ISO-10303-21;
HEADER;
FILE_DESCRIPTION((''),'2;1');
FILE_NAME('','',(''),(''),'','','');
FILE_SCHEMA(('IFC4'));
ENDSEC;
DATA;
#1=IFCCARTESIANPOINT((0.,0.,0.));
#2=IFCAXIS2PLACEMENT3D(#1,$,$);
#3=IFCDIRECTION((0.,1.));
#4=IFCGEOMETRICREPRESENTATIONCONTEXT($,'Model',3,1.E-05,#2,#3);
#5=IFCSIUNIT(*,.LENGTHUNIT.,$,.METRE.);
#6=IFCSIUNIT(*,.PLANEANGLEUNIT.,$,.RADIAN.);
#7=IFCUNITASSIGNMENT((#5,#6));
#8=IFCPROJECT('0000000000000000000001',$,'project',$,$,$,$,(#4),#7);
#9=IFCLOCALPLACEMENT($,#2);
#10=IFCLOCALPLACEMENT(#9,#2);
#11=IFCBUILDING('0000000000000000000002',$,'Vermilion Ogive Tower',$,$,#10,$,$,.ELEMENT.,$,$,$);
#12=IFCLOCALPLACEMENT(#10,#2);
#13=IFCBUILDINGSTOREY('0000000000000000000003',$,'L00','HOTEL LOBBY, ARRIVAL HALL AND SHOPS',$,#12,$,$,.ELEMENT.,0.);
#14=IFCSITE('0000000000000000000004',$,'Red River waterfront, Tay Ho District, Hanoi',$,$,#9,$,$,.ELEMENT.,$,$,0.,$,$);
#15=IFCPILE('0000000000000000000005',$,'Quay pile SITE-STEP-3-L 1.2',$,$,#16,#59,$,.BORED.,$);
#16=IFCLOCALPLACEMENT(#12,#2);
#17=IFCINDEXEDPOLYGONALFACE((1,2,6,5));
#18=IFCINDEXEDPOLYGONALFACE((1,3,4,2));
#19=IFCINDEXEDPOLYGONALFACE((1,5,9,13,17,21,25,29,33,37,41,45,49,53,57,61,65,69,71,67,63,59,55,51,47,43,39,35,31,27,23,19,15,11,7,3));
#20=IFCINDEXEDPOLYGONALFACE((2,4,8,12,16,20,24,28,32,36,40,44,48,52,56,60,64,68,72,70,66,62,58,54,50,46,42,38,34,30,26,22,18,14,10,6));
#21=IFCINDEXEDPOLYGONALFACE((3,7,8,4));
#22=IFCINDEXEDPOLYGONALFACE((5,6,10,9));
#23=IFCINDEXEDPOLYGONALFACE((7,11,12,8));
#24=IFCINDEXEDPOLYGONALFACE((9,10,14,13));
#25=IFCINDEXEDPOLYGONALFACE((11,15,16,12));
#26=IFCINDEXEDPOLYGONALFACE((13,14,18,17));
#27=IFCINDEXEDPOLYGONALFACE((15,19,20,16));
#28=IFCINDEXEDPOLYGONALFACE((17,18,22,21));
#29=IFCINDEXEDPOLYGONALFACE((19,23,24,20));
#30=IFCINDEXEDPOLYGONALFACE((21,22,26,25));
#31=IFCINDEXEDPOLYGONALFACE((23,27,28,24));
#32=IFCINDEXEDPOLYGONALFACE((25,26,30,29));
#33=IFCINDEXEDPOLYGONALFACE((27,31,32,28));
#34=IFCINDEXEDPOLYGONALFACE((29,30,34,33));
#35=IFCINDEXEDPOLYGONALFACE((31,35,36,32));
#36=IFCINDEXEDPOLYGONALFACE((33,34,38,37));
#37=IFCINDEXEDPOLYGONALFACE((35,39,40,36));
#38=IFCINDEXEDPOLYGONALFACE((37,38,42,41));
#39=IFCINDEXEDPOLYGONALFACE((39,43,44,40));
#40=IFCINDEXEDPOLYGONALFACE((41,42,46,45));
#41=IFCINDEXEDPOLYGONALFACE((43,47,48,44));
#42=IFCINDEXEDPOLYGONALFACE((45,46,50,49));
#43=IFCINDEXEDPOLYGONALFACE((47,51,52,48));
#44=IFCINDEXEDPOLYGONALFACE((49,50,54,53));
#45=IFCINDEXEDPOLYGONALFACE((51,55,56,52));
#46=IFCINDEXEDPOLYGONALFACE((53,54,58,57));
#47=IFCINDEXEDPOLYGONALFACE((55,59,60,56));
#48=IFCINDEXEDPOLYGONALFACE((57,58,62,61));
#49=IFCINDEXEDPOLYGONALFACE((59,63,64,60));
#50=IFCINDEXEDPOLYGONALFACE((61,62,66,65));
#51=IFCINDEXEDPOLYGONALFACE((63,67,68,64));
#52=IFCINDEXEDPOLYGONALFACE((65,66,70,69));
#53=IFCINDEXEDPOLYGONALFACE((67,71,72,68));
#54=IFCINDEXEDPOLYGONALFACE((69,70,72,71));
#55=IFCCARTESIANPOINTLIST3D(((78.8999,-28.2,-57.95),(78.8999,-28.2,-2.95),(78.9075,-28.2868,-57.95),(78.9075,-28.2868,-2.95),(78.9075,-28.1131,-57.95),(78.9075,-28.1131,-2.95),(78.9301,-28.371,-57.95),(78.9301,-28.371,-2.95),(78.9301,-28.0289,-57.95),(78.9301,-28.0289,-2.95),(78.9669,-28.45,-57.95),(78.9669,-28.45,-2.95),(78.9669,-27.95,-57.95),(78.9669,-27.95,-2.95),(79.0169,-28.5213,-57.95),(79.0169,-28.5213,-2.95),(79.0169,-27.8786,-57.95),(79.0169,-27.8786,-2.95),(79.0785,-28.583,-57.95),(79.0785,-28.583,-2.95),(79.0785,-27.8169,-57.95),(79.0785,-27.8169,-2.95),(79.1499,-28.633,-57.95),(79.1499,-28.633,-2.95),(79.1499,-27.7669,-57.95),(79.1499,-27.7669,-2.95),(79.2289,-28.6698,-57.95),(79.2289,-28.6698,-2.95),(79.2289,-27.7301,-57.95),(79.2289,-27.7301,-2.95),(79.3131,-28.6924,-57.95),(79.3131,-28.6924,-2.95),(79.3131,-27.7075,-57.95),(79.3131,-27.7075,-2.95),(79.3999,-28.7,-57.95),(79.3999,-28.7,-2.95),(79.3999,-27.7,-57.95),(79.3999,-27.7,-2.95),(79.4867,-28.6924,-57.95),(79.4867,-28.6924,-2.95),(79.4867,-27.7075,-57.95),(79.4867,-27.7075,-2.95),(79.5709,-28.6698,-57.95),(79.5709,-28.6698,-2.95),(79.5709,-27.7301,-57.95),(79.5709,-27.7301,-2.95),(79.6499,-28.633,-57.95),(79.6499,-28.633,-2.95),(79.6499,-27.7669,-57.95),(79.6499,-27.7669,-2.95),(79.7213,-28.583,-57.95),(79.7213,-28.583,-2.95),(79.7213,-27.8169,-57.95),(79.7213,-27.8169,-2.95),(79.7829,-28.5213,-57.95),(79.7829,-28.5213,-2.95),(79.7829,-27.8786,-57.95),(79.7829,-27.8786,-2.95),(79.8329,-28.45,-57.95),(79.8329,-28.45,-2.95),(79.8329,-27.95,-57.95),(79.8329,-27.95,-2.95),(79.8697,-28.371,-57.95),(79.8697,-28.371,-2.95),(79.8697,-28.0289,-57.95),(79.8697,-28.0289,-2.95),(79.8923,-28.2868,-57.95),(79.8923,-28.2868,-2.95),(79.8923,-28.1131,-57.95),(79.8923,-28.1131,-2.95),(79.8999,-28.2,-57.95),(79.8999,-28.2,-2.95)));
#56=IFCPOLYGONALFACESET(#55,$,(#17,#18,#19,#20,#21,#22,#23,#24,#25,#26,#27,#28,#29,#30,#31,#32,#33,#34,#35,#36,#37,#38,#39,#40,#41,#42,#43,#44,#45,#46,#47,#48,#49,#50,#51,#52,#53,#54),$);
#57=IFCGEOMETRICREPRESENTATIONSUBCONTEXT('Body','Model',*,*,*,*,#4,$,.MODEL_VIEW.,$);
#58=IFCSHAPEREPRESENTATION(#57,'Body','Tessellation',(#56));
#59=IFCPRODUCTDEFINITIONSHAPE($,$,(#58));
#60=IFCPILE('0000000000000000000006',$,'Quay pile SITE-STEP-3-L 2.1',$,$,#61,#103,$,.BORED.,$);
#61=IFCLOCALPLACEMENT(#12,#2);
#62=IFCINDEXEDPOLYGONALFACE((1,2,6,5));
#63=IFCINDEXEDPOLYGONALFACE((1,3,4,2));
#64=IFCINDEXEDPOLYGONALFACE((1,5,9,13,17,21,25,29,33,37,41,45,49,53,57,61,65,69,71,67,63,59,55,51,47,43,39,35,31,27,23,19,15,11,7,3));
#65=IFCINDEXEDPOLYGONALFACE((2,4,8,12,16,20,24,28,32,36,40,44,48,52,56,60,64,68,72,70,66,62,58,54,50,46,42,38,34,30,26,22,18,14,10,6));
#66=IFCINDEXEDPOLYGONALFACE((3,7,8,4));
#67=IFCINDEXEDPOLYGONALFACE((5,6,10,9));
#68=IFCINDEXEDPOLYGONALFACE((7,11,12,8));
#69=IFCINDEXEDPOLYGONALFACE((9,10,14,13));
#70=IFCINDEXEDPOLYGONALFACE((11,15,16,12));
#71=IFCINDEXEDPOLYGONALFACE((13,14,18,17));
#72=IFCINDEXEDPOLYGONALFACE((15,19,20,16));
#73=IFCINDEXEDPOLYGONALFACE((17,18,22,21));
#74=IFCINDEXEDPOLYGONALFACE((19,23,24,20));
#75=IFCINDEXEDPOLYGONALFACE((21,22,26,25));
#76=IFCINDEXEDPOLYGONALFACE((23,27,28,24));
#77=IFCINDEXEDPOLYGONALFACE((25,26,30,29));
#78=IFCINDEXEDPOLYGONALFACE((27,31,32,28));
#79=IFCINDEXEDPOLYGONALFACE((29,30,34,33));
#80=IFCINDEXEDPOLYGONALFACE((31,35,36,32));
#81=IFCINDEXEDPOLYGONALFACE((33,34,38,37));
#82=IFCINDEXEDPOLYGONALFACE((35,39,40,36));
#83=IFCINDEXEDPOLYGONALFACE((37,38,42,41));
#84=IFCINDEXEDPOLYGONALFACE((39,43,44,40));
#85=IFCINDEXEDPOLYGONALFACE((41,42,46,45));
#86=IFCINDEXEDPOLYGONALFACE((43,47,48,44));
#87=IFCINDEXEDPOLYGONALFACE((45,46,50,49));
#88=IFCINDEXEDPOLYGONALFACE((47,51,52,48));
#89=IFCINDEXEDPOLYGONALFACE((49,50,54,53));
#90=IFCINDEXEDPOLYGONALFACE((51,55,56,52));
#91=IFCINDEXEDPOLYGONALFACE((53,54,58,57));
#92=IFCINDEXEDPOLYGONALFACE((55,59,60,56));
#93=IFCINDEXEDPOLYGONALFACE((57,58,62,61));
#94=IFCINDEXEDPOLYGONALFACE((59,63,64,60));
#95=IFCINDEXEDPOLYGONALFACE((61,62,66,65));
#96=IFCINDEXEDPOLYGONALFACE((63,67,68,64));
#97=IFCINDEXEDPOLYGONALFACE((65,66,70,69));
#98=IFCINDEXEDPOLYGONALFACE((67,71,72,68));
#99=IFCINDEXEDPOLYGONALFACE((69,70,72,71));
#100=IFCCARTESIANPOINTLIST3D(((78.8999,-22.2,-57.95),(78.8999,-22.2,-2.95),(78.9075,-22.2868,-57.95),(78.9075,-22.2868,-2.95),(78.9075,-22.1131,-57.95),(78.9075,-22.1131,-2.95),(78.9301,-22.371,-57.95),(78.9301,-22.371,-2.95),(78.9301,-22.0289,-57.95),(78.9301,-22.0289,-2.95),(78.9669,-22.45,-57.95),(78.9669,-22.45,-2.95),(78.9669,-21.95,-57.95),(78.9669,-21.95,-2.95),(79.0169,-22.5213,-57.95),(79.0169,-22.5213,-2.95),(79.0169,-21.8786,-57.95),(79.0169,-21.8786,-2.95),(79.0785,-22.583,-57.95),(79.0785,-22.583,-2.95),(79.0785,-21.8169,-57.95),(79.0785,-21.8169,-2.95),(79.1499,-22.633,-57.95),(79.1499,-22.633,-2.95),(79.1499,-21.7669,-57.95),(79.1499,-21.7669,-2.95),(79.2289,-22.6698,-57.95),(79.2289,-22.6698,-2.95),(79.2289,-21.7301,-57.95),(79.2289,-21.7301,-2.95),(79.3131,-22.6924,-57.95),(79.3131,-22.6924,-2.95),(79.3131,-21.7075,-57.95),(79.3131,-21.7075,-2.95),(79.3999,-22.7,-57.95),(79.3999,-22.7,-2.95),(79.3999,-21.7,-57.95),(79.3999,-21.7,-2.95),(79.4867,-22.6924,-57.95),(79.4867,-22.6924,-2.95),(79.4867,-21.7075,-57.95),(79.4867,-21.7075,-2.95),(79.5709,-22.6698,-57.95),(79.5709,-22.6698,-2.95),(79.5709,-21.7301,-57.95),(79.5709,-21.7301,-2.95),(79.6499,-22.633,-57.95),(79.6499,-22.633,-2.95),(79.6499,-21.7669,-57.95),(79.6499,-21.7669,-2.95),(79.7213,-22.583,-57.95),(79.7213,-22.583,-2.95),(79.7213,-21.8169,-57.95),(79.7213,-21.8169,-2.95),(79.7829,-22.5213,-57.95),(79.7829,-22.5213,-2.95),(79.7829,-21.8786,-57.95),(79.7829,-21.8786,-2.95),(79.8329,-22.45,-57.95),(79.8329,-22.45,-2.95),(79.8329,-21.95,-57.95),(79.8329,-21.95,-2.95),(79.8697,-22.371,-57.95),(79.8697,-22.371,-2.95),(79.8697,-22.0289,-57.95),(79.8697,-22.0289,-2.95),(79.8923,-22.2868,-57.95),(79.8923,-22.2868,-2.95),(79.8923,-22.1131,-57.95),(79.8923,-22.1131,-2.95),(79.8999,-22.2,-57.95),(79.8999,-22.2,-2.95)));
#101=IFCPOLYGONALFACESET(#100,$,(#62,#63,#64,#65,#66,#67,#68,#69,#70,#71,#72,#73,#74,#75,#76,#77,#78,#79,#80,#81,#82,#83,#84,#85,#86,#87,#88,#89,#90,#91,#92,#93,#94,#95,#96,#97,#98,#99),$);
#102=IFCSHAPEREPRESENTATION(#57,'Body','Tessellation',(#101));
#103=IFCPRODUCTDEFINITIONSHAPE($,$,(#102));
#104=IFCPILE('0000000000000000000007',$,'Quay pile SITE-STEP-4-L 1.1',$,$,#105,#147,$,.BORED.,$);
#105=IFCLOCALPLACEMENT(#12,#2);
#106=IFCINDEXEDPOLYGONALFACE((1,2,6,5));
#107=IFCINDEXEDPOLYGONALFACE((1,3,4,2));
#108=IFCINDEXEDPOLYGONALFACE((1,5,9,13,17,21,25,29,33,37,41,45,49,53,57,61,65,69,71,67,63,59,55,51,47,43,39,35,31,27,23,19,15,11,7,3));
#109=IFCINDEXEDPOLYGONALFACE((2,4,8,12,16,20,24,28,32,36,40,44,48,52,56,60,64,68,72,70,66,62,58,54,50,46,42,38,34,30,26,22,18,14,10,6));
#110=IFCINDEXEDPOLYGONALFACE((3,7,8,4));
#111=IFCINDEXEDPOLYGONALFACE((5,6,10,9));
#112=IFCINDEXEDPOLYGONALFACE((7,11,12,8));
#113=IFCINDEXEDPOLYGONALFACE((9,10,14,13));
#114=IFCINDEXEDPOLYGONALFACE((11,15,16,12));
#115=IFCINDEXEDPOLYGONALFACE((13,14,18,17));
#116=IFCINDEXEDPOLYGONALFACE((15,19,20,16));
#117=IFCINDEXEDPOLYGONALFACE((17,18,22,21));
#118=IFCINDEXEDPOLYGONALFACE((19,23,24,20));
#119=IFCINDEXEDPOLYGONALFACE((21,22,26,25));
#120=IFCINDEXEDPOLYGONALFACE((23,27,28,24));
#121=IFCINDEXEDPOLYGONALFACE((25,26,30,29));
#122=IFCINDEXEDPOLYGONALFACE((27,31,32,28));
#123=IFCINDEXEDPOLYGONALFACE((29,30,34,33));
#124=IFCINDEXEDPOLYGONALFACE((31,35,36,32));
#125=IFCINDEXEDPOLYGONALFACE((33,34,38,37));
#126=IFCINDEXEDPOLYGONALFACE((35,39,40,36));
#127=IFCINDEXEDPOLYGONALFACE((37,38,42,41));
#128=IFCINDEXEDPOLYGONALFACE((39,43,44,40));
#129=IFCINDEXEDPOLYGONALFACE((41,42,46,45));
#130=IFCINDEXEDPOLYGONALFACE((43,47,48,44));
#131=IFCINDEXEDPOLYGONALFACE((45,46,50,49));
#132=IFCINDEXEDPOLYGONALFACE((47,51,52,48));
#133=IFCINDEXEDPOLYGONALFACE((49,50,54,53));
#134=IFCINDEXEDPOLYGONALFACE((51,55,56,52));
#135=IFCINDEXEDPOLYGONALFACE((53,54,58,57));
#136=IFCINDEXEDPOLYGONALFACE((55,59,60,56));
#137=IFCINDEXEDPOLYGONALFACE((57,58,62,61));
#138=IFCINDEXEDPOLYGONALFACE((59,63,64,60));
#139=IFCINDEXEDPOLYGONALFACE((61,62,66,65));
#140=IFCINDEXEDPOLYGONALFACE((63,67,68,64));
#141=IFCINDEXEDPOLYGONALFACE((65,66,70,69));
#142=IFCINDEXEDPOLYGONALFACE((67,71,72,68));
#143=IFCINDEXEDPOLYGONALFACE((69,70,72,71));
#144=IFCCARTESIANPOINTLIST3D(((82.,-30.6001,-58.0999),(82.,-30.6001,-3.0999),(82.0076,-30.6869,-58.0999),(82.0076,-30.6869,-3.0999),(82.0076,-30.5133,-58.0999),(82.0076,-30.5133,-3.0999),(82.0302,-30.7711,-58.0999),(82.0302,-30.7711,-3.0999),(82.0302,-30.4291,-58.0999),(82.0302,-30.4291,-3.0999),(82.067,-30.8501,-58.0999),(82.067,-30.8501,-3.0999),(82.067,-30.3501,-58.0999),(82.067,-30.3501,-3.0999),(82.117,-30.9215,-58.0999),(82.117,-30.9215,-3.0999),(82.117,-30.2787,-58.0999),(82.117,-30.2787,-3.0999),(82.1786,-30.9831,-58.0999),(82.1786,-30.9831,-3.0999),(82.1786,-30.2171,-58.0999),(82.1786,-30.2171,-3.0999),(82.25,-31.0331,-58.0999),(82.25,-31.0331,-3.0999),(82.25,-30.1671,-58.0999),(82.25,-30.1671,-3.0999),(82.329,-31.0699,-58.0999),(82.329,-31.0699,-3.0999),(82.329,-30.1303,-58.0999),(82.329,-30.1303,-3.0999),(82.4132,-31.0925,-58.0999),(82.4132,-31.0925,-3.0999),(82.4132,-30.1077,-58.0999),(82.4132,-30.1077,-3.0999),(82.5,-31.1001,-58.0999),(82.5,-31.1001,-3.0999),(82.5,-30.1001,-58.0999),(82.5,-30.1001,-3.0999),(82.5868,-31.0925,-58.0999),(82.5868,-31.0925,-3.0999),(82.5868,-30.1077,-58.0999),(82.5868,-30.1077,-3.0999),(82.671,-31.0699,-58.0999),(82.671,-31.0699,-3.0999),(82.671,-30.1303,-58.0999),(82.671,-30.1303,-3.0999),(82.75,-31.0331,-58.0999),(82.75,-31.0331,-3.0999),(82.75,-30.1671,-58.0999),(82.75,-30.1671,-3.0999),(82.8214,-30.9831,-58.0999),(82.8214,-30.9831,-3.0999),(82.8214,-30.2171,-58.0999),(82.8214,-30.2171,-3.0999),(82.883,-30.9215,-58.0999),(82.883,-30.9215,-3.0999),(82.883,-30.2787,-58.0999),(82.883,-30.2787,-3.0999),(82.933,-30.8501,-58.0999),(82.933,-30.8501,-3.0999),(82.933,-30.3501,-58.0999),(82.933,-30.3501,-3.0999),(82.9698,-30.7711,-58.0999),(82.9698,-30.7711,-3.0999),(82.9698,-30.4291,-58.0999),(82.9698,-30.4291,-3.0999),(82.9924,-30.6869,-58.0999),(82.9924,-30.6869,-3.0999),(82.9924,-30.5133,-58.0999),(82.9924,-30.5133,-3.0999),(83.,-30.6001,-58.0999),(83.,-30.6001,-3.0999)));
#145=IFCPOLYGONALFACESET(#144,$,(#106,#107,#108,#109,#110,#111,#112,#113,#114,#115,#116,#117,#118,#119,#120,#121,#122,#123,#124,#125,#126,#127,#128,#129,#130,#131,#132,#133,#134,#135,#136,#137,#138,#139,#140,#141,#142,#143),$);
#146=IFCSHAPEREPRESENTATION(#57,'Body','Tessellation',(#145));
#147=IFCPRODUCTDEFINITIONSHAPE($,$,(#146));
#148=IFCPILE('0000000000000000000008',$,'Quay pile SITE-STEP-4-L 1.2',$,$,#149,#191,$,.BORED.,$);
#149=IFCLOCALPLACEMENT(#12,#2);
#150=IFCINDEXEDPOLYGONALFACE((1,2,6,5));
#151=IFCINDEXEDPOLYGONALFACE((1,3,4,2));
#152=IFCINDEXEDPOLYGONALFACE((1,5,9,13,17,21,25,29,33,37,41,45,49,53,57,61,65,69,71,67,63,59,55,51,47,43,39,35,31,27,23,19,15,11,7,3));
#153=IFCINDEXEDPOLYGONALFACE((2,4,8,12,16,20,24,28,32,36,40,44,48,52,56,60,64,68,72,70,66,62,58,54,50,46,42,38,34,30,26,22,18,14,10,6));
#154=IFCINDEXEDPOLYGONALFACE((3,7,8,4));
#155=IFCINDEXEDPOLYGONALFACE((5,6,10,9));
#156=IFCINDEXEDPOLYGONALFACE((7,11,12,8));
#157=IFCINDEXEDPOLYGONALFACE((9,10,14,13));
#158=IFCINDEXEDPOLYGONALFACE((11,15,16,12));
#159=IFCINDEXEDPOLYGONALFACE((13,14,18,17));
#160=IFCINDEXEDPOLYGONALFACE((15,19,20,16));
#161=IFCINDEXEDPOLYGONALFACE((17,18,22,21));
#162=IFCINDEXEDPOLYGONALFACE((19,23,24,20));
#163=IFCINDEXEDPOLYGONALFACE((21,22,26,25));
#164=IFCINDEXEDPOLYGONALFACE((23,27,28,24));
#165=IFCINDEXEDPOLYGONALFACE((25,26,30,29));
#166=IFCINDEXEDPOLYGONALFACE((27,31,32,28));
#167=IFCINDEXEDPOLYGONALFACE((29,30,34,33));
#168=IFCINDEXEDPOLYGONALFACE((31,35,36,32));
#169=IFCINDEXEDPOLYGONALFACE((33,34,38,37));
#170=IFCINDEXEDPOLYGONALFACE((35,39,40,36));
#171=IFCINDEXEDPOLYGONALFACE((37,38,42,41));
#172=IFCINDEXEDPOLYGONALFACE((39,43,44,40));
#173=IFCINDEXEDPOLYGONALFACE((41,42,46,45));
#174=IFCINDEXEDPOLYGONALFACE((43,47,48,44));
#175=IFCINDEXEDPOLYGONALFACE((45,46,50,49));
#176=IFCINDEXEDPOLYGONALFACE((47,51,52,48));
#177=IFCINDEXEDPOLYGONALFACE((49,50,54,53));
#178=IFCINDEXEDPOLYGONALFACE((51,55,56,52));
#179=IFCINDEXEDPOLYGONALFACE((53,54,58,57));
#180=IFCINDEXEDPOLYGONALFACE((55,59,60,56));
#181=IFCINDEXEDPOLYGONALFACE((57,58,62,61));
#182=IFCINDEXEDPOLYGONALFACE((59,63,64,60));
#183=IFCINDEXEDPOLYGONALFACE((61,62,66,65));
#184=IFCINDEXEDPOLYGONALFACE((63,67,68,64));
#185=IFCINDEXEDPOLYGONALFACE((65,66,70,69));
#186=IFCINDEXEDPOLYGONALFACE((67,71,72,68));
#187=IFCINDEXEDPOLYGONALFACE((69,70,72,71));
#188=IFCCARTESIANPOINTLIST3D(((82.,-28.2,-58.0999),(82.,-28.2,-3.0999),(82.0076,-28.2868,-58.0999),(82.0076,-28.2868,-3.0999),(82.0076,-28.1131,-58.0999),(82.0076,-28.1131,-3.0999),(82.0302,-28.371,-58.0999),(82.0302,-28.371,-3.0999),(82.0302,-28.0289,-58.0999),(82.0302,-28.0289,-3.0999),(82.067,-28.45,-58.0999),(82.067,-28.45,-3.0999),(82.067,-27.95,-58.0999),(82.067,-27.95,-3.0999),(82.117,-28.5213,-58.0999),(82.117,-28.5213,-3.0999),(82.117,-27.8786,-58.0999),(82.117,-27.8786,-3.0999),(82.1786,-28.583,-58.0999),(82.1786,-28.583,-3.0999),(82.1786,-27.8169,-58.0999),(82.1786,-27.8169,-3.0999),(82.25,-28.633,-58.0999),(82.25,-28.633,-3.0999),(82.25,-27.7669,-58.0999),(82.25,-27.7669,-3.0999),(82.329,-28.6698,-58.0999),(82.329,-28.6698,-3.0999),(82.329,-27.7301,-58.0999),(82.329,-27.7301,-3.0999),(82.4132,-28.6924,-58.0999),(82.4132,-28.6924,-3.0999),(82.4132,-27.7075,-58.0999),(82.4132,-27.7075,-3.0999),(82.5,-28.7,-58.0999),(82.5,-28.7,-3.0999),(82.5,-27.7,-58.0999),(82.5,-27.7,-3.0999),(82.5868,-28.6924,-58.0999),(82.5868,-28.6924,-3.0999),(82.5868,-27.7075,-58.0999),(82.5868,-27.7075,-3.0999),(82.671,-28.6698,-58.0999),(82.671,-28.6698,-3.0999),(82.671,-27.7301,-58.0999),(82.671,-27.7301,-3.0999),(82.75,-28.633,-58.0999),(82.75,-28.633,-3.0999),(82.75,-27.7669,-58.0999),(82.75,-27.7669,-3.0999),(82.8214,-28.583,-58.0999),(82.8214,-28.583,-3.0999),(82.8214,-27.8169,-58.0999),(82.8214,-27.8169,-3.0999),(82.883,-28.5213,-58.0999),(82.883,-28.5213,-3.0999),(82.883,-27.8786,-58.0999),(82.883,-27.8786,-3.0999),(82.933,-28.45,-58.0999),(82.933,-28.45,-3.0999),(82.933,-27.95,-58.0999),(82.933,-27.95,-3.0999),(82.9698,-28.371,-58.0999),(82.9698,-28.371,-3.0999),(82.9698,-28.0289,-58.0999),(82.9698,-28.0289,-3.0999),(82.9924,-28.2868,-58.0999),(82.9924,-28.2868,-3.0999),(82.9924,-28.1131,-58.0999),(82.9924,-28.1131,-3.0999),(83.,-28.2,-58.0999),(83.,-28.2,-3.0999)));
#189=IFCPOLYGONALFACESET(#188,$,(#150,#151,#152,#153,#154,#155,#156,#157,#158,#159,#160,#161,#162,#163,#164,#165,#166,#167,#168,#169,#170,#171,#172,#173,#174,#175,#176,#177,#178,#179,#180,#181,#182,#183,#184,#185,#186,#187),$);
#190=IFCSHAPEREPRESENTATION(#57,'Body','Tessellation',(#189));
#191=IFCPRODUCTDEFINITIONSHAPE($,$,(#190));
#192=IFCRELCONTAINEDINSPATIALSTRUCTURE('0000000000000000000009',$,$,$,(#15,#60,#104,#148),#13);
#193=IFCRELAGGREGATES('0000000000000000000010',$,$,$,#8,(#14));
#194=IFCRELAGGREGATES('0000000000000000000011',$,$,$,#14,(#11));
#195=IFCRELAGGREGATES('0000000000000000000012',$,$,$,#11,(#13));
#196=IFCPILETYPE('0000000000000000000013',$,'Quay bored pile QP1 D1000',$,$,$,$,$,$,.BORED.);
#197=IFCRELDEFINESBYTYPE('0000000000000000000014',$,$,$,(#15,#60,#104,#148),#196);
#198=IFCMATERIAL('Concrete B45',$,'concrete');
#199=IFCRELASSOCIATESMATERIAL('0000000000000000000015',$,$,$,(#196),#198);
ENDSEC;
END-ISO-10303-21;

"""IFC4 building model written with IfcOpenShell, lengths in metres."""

from ifc_helpers import new_model, si_unit, direction, frame, origin, origin_2d, place, context, subcontext, project, spatial, circle, extrude, material, type_object, element, save


model = new_model("IFC4")

# Units and contexts
model_context = context("Model", 3, precision=1e-05, world=origin(), true_north=direction((0.0, 1.0)))
body_context = subcontext(model_context, "Body", "Model", "MODEL_VIEW")
ifc_project = project(units=[si_unit("LENGTHUNIT", "METRE"), si_unit("PLANEANGLEUNIT", "RADIAN")], contexts=[model_context])

# Site, building, storey
site_placement = place(None, origin())
site = spatial("IfcSite", under=ifc_project, at=site_placement, Name="Red River waterfront, Tay Ho District, Hanoi", CompositionType="ELEMENT", RefElevation=0.0)
building_placement = place(site_placement, origin())
building = spatial("IfcBuilding", under=site, at=building_placement, Name="Vermilion Ogive Tower", CompositionType="ELEMENT")
storey_placement = place(building_placement, origin())
storey = spatial("IfcBuildingStorey", under=building, at=storey_placement, Name="L00", Description="HOTEL LOBBY, ARRIVAL HALL AND SHOPS", CompositionType="ELEMENT", Elevation=0.0)

# Piles
ifc_material_1 = material(Name="Concrete B45", Category="concrete")
pile_type = type_object("IfcPileType", Name="Quay bored pile QP1 D1000", PredefinedType="BORED", material=ifc_material_1)
for number, where, z_axis, x_axis, name in (
    (1, (79.3999, -28.2, -2.95), (0.0, 0.0, -1.0), (1.0, 0.0, 0.0), "Quay pile SITE-STEP-3-L 1.2"),
    (2, (79.3999, -22.2, -2.95), (0.0, 0.0, -1.0), (1.0, 0.0, 0.0), "Quay pile SITE-STEP-3-L 2.1"),
    (3, (82.5, -30.6001, -3.0999), (0.0, 0.0, -1.0), (1.0, 0.0, 0.0), "Quay pile SITE-STEP-4-L 1.1"),
    (4, (82.5, -28.2, -3.0999), (0.0, 0.0, -1.0), (1.0, 0.0, 0.0), "Quay pile SITE-STEP-4-L 1.2"),
):
    element("IfcPile", number, at=place(storey_placement, frame(where, z_axis=z_axis, x_axis=x_axis)), inside=storey, type_object=pile_type, Name=name, PredefinedType="BORED", context=body_context, shape_type="SweptSolid", body=[
        extrude(circle(Radius=0.5, at=origin_2d()), origin(), (0.0, 0.0, 1.0), 55.0),
    ])

save(model, "model.ifc")
